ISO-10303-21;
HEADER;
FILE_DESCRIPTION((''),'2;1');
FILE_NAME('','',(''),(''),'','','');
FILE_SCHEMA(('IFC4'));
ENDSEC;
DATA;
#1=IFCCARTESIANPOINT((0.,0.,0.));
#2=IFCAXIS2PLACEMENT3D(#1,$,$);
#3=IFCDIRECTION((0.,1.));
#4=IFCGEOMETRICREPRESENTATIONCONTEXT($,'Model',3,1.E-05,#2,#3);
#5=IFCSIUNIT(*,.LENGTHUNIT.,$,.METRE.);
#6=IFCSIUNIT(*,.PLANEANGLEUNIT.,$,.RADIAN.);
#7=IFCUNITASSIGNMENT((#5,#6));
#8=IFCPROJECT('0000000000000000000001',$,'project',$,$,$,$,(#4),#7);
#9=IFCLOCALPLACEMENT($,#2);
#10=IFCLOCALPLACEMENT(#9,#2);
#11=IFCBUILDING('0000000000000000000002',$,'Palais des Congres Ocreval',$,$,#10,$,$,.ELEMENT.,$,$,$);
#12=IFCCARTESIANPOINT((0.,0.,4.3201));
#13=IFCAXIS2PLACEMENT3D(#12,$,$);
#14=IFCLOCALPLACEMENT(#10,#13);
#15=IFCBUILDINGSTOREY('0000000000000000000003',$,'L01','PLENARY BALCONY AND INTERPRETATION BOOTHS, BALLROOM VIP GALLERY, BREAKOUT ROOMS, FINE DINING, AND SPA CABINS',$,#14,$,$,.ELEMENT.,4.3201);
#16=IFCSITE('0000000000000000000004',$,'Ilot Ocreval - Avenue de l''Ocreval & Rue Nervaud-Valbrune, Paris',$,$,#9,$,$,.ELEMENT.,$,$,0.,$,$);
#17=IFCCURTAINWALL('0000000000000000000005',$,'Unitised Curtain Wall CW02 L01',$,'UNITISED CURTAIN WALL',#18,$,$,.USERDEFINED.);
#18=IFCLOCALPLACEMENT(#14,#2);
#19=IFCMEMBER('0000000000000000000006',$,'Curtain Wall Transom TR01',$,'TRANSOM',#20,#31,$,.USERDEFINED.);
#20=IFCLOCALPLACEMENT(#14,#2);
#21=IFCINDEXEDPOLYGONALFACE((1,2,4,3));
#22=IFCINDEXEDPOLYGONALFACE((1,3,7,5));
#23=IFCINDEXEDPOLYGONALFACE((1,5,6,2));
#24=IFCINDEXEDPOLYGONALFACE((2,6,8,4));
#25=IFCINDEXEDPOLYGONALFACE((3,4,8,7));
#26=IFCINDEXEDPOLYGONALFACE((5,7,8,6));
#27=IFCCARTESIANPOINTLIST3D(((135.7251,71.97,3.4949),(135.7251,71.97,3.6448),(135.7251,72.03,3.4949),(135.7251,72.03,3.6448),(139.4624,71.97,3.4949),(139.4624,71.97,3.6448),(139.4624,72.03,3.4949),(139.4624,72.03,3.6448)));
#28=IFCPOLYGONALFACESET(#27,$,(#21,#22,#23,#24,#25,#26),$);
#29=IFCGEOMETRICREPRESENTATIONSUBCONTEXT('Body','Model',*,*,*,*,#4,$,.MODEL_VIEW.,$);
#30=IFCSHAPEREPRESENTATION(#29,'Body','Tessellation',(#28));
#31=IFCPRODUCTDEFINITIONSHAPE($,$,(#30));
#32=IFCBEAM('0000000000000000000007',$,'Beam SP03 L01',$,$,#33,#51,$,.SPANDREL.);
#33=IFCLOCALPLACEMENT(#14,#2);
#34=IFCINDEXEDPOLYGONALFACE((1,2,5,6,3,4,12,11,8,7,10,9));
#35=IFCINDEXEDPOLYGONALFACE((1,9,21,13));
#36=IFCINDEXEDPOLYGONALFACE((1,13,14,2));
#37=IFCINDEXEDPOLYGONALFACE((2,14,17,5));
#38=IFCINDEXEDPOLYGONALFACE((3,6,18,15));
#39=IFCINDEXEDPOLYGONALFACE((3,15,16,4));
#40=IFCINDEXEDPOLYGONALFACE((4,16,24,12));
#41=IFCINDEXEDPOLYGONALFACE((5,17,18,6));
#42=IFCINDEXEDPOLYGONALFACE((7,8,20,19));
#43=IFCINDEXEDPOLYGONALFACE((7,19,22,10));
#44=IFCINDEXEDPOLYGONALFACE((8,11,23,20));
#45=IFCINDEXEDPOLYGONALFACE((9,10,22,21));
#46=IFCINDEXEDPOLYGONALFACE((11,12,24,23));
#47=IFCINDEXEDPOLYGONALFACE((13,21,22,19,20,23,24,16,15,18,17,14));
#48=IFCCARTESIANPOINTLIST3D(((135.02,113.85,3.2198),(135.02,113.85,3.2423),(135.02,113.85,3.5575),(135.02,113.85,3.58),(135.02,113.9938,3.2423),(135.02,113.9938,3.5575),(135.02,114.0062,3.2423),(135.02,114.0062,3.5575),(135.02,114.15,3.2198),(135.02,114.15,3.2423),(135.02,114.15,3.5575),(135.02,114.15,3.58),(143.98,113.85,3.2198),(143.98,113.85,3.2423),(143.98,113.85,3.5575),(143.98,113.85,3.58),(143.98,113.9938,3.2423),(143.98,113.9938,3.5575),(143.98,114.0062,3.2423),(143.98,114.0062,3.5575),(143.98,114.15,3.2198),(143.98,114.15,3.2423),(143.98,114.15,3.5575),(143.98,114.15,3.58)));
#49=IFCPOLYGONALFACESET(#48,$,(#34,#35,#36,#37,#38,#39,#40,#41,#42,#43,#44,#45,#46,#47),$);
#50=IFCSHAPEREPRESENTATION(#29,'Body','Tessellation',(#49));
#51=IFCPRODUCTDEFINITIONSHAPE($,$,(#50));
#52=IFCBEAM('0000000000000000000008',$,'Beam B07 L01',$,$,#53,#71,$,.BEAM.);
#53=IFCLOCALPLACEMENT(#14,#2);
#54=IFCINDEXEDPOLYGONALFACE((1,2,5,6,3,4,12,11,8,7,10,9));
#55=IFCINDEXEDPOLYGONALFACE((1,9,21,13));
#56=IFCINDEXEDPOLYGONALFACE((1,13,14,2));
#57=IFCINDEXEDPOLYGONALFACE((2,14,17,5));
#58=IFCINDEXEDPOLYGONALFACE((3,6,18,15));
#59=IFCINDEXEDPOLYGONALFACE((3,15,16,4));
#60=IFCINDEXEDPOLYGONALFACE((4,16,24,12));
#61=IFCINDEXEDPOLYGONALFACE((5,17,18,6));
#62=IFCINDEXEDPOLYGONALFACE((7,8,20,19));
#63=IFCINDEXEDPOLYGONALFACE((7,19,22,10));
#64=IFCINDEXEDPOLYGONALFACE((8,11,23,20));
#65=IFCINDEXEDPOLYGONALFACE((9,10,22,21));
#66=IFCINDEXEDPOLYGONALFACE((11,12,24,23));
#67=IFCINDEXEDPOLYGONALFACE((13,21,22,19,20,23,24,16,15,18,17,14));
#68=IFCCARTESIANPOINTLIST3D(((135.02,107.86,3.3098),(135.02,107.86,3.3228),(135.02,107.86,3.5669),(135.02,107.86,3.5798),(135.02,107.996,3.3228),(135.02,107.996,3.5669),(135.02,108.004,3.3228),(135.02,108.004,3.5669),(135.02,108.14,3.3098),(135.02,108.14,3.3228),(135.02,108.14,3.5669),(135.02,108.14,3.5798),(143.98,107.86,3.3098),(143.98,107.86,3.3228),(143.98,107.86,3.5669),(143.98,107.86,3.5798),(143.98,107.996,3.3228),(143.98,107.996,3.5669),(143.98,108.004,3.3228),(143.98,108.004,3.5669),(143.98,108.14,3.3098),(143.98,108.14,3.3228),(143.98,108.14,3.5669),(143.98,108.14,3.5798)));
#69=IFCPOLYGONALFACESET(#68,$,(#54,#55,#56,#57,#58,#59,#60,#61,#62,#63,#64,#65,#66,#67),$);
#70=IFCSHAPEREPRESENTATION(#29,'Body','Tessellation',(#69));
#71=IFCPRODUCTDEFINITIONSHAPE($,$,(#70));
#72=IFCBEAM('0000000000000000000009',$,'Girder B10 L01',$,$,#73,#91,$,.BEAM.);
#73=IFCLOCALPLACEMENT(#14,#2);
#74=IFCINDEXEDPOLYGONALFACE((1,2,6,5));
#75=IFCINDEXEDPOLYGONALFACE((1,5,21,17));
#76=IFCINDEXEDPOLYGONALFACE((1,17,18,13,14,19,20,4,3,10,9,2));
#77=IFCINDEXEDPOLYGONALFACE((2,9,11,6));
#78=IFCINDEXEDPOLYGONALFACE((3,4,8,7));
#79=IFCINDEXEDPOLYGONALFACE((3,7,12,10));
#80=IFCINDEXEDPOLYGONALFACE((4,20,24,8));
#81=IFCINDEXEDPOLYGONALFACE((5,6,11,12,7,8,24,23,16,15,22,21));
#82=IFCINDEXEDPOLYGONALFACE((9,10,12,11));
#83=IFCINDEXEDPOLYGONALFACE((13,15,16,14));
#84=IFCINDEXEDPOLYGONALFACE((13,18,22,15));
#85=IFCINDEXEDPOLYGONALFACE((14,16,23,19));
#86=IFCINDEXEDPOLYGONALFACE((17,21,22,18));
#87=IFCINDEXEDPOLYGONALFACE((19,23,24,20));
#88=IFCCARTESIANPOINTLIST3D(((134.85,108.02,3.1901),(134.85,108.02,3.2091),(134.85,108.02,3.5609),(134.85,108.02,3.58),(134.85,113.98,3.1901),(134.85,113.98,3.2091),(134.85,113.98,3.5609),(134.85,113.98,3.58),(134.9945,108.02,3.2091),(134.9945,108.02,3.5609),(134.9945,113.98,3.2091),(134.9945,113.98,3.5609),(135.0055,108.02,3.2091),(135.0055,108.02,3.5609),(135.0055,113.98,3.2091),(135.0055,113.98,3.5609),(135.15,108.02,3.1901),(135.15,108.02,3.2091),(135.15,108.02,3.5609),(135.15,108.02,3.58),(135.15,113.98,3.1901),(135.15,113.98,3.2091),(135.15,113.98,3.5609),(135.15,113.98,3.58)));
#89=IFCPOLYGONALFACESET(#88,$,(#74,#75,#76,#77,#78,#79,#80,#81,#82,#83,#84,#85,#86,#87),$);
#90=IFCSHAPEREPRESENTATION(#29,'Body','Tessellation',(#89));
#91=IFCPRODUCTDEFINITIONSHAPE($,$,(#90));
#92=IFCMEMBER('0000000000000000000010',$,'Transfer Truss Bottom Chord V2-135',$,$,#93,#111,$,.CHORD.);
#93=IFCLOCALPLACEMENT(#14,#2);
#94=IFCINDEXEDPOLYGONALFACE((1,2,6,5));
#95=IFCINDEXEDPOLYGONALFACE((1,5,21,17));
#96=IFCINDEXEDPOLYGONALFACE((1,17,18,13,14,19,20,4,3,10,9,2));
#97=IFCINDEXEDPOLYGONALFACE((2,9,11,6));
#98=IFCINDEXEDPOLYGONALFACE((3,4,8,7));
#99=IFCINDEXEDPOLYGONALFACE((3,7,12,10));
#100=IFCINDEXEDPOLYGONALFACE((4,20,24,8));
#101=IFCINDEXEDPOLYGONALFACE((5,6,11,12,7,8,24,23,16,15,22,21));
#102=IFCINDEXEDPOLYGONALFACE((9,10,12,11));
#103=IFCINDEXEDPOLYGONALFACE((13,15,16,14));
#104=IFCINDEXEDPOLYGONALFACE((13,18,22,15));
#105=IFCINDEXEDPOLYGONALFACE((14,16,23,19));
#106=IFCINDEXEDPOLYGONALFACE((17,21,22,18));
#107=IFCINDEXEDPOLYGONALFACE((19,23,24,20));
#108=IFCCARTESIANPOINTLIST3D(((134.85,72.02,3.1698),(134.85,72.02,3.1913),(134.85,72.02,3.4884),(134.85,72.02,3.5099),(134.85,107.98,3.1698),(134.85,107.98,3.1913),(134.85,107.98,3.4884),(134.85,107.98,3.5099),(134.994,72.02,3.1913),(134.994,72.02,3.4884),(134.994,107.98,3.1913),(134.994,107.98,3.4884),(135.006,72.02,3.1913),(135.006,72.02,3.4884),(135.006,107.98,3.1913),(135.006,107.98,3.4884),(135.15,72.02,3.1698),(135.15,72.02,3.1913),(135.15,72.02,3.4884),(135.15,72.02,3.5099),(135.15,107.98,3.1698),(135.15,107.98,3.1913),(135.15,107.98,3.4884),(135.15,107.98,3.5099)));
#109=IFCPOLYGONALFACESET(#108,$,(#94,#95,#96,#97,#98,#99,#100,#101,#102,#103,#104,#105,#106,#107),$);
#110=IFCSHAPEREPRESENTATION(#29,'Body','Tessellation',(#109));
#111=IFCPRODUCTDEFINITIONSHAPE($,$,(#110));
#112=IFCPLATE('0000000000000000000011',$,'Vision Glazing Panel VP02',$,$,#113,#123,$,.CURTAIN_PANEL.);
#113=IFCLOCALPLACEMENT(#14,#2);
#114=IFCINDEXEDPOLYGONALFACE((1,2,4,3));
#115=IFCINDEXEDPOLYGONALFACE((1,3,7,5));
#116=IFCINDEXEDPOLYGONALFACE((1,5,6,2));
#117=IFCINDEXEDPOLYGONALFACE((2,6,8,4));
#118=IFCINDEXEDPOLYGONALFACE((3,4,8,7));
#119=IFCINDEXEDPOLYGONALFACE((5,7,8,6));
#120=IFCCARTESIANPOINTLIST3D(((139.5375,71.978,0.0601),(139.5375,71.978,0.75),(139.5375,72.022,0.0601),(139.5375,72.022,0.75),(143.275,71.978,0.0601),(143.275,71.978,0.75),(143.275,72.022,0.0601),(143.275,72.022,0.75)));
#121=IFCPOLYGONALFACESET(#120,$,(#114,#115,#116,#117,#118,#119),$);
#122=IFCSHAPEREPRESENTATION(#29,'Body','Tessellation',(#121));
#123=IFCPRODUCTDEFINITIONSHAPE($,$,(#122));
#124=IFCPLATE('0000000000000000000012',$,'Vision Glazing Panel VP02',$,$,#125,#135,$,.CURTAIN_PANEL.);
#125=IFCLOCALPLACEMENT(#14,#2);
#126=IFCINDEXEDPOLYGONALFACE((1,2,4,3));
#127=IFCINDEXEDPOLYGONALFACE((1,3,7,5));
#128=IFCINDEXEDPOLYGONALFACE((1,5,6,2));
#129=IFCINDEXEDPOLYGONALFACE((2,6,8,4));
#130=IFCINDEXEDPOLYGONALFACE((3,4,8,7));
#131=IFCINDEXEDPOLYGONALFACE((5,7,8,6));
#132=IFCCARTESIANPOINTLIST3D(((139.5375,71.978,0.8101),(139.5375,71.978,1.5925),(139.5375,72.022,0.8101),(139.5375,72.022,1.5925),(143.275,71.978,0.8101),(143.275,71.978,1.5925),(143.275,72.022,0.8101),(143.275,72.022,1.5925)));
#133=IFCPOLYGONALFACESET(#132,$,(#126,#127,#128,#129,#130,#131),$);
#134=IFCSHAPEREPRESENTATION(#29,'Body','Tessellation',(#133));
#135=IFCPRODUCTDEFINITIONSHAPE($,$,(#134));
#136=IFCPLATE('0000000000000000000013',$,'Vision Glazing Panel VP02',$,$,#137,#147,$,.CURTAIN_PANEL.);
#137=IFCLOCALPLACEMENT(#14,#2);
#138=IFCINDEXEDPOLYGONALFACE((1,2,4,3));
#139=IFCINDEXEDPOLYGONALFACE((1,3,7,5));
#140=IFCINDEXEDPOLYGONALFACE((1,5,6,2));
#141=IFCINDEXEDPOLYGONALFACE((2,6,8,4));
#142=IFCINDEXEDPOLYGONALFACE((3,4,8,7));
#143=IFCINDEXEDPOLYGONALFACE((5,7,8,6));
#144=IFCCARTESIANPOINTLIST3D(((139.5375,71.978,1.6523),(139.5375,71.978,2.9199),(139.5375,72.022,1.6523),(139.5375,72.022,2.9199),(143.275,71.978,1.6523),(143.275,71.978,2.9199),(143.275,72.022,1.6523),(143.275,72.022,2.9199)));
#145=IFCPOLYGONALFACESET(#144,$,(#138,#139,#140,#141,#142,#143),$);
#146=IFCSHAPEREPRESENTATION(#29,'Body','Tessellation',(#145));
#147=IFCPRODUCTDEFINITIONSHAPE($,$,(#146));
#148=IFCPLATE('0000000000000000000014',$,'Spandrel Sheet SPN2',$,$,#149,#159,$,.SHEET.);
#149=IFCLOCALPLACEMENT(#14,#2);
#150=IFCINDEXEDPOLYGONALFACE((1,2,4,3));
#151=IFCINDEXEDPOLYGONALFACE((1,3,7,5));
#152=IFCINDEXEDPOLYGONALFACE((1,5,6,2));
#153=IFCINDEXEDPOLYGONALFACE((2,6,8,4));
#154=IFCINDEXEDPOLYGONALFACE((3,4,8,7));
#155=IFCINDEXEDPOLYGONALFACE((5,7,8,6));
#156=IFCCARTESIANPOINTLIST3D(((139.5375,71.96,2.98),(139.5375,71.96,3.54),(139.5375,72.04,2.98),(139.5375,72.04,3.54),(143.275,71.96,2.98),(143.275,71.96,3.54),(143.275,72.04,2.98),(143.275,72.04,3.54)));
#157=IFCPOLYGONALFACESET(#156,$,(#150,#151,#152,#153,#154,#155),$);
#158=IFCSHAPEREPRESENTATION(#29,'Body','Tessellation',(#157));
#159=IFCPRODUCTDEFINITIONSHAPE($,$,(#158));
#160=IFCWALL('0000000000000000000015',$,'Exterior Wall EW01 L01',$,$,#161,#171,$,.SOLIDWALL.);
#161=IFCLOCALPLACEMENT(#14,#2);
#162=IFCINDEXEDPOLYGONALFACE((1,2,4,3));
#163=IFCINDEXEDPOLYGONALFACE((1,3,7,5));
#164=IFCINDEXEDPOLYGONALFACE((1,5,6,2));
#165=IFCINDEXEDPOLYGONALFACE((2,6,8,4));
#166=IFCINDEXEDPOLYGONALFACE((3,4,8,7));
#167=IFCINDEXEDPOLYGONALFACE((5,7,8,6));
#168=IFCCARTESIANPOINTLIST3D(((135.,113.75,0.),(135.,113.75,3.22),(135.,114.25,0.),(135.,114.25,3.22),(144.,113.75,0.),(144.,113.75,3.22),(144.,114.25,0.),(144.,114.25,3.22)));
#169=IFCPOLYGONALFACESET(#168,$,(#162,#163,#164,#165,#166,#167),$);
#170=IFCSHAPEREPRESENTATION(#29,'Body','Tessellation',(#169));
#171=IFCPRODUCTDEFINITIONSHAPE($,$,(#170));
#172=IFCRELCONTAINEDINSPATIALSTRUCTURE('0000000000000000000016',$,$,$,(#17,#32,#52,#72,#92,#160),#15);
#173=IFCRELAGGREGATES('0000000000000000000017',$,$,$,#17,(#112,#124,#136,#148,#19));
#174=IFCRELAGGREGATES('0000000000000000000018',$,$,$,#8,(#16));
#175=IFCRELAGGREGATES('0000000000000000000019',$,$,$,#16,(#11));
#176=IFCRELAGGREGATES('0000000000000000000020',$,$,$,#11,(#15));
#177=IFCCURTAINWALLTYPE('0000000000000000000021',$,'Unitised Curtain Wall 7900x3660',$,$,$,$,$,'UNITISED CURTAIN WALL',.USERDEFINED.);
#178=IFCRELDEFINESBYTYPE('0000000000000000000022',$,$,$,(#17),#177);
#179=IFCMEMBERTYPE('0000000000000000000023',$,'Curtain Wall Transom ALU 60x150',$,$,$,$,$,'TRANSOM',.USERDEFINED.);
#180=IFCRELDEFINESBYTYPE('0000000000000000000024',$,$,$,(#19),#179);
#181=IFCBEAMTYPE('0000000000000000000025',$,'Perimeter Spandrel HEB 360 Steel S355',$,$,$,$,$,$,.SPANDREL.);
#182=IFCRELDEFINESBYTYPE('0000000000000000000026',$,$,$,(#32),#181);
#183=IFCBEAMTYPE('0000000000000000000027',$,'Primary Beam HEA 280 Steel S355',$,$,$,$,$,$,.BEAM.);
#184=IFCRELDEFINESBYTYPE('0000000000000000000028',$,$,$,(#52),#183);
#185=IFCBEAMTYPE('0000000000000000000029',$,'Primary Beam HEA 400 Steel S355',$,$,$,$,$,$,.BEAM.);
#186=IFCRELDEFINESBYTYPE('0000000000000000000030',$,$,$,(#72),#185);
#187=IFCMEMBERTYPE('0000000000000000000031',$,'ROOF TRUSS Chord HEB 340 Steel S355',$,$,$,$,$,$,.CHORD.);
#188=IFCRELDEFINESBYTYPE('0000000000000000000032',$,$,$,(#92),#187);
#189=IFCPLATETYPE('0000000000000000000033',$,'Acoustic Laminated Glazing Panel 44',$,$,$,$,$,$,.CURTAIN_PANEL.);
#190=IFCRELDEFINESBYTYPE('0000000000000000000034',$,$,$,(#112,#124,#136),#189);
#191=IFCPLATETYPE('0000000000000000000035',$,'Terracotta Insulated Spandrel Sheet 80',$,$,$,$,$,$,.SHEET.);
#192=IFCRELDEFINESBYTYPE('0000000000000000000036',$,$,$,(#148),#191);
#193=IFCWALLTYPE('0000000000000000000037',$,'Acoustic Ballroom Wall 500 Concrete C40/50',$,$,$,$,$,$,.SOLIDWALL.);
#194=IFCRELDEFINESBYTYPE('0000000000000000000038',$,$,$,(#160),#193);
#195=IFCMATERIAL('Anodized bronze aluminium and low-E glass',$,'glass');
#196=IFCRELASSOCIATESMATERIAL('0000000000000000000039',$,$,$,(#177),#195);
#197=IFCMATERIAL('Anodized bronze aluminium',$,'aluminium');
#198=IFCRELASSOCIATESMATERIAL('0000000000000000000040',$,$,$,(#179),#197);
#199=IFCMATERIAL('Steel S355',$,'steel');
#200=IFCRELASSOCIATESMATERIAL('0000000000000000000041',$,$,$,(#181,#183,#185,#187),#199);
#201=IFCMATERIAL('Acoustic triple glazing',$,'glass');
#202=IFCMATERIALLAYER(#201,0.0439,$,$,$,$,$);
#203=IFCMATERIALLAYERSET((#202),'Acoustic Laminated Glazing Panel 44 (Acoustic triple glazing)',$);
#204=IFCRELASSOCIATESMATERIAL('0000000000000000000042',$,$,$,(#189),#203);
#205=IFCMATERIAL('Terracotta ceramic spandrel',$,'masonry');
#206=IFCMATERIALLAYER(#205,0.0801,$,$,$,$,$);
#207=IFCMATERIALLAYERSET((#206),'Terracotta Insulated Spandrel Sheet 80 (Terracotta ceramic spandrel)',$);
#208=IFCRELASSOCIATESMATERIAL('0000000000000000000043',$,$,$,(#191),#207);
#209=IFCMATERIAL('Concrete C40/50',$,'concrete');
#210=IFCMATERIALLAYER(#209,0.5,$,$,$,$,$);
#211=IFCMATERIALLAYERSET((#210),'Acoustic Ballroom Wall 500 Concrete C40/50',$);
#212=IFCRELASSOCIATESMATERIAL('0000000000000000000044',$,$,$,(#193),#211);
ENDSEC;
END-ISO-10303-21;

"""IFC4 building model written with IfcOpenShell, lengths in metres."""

from ifc_helpers import new_model, si_unit, direction, frame, frame_2d, origin, origin_2d, place, context, subcontext, project, spatial, rectangle, i_section, extrude, material, layer, layer_set, material_profile, profile_set, type_object, element, aggregate, save


model = new_model("IFC4")

# Units and contexts
model_context = context("Model", 3, precision=1e-05, world=origin(), true_north=direction((0.0, 1.0)))
body_context = subcontext(model_context, "Body", "Model", "MODEL_VIEW")
ifc_project = project(units=[si_unit("LENGTHUNIT", "METRE"), si_unit("PLANEANGLEUNIT", "RADIAN")], contexts=[model_context])

# Site, building, storey
site_placement = place(None, origin())
site = spatial("IfcSite", under=ifc_project, at=site_placement, Name="Ilot Ocreval - Avenue de l'Ocreval & Rue Nervaud-Valbrune, Paris", CompositionType="ELEMENT", RefElevation=0.0)
building_placement = place(site_placement, origin())
building = spatial("IfcBuilding", under=site, at=building_placement, Name="Palais des Congres Ocreval", CompositionType="ELEMENT")
storey_placement = place(building_placement, frame((0.0, 0.0, 4.3201)))
storey = spatial("IfcBuildingStorey", under=building, at=storey_placement, Name="L01", Description="PLENARY BALCONY AND INTERPRETATION BOOTHS, BALLROOM VIP GALLERY, BREAKOUT ROOMS, FINE DINING, AND SPA CABINS", CompositionType="ELEMENT", Elevation=4.3201)

# Shared definitions
ifc_material_1 = material(Name="Steel S355", Category="steel")

# Curtain wall, member
ifc_material_2 = material(Name="Anodized bronze aluminium and low-E glass", Category="glass")
curtain_wall_type = type_object("IfcCurtainWallType", Name="Unitised Curtain Wall 7900x3660", ElementType="UNITISED CURTAIN WALL", PredefinedType="USERDEFINED", material=ifc_material_2)
curtain_wall_placement = place(storey_placement, origin())
curtain_wall = element("IfcCurtainWall", 1, at=curtain_wall_placement, inside=storey, type_object=curtain_wall_type, Name="Unitised Curtain Wall CW02 L01", ObjectType="UNITISED CURTAIN WALL", PredefinedType="USERDEFINED")
ifc_material_3 = material(Name="Anodized bronze aluminium", Category="aluminium")
ifc_material_profile_1 = material_profile(ifc_material_3, rectangle(XDim=0.0601, YDim=0.1499, at=origin_2d()), Name="ALU 60x150")
ifc_profile_set_1 = profile_set([ifc_material_profile_1], Name="Anodized bronze aluminium")
member_type_1 = type_object("IfcMemberType", Name="Curtain Wall Transom ALU 60x150", ElementType="TRANSOM", PredefinedType="USERDEFINED", material=ifc_profile_set_1)
member_1_placement = place(storey_placement, frame((139.4624, 72.0, 3.5698), z_axis=(-1.0, 0.0, 0.0), x_axis=(0.0, -1.0, 0.0)))
member_1 = element("IfcMember", 2, at=member_1_placement, type_object=member_type_1, Name="Curtain Wall Transom TR01", ObjectType="TRANSOM", PredefinedType="USERDEFINED", context=body_context, shape_type="SweptSolid", body=[
    extrude(rectangle(XDim=0.0601, YDim=0.1499, at=origin_2d()), origin(), (0.0, 0.0, 1.0), 3.7373),
])

# Beams
ifc_material_profile_2 = material_profile(ifc_material_1, i_section(OverallWidth=0.3, OverallDepth=0.3601, WebThickness=0.0125, FlangeThickness=0.0225, at=origin_2d()), Name="HEB 360")
ifc_profile_set_2 = profile_set([ifc_material_profile_2], Name="Steel S355")
beam_type_1 = type_object("IfcBeamType", Name="Perimeter Spandrel HEB 360 Steel S355", PredefinedType="SPANDREL", material=ifc_profile_set_2)
beam_1_placement = place(storey_placement, frame((135.02, 114.0, 3.3999), z_axis=(1.0, 0.0, 0.0), x_axis=(0.0, 1.0, 0.0)))
element("IfcBeam", 3, at=beam_1_placement, inside=storey, type_object=beam_type_1, Name="Beam SP03 L01", PredefinedType="SPANDREL", context=body_context, shape_type="SweptSolid", body=[
    extrude(i_section(OverallWidth=0.3, OverallDepth=0.3601, WebThickness=0.0125, FlangeThickness=0.0225, at=origin_2d()), origin(), (0.0, 0.0, 1.0), 8.96),
])
ifc_material_profile_3 = material_profile(ifc_material_1, i_section(OverallWidth=0.28, OverallDepth=0.27, WebThickness=0.0081, FlangeThickness=0.0129, at=origin_2d()), Name="HEA 280")
ifc_profile_set_3 = profile_set([ifc_material_profile_3], Name="Steel S355")
beam_type_2 = type_object("IfcBeamType", Name="Primary Beam HEA 280 Steel S355", PredefinedType="BEAM", material=ifc_profile_set_3)
beam_2_placement = place(storey_placement, frame((135.02, 108.0, 3.4448), z_axis=(1.0, 0.0, 0.0), x_axis=(0.0, 1.0, 0.0)))
element("IfcBeam", 4, at=beam_2_placement, inside=storey, type_object=beam_type_2, Name="Beam B07 L01", PredefinedType="BEAM", context=body_context, shape_type="SweptSolid", body=[
    extrude(i_section(OverallWidth=0.28, OverallDepth=0.27, WebThickness=0.0081, FlangeThickness=0.0129, at=origin_2d()), origin(), (0.0, 0.0, 1.0), 8.96),
])
ifc_material_profile_4 = material_profile(ifc_material_1, i_section(OverallWidth=0.3, OverallDepth=0.3899, WebThickness=0.011, FlangeThickness=0.019, at=origin_2d()), Name="HEA 400")
ifc_profile_set_4 = profile_set([ifc_material_profile_4], Name="Steel S355")
beam_type_3 = type_object("IfcBeamType", Name="Primary Beam HEA 400 Steel S355", PredefinedType="BEAM", material=ifc_profile_set_4)
beam_3_placement = place(storey_placement, frame((135.0, 108.02, 3.385), z_axis=(0.0, 1.0, 0.0), x_axis=(-1.0, 0.0, 0.0)))
element("IfcBeam", 5, at=beam_3_placement, inside=storey, type_object=beam_type_3, Name="Girder B10 L01", PredefinedType="BEAM", context=body_context, shape_type="SweptSolid", body=[
    extrude(i_section(OverallWidth=0.3, OverallDepth=0.3899, WebThickness=0.011, FlangeThickness=0.019, at=origin_2d()), origin(), (0.0, 0.0, 1.0), 5.96),
])

# Member
ifc_material_profile_5 = material_profile(ifc_material_1, i_section(OverallWidth=0.3, OverallDepth=0.3401, WebThickness=0.012, FlangeThickness=0.0215, at=origin_2d()), Name="HEB 340")
ifc_profile_set_5 = profile_set([ifc_material_profile_5], Name="Steel S355")
member_type_2 = type_object("IfcMemberType", Name="ROOF TRUSS Chord HEB 340 Steel S355", PredefinedType="CHORD", material=ifc_profile_set_5)
member_2_placement = place(storey_placement, frame((135.0, 72.02, 3.3398), z_axis=(0.0, 1.0, 0.0), x_axis=(-1.0, 0.0, 0.0)))
element("IfcMember", 6, at=member_2_placement, inside=storey, type_object=member_type_2, Name="Transfer Truss Bottom Chord V2-135", PredefinedType="CHORD", context=body_context, shape_type="SweptSolid", body=[
    extrude(i_section(OverallWidth=0.3, OverallDepth=0.3401, WebThickness=0.012, FlangeThickness=0.0215, at=origin_2d()), origin(), (0.0, 0.0, 1.0), 35.96),
])

# Plates
ifc_material_4 = material(Name="Acoustic triple glazing", Category="glass")
ifc_layer_1 = layer(ifc_material_4, 0.0439)
ifc_layer_set_1 = layer_set([ifc_layer_1], Name="Acoustic Laminated Glazing Panel 44 (Acoustic triple glazing)")
plate_type_1 = type_object("IfcPlateType", Name="Acoustic Laminated Glazing Panel 44", PredefinedType="CURTAIN_PANEL", material=ifc_layer_set_1)
plate_1_placement = place(storey_placement, frame((141.4062, 72.0, 0.0601), z_axis=(0.0, 0.0, 1.0), x_axis=(-1.0, 0.0, 0.0)))
plate_1 = element("IfcPlate", 7, at=plate_1_placement, type_object=plate_type_1, Name="Vision Glazing Panel VP02", PredefinedType="CURTAIN_PANEL", context=body_context, shape_type="SweptSolid", body=[
    extrude(rectangle(XDim=3.7375, YDim=0.0439, at=origin_2d()), origin(), (0.0, 0.0, 1.0), 0.6899),
])
plate_2_placement = place(storey_placement, frame((141.4062, 72.0, 0.8101), z_axis=(0.0, 0.0, 1.0), x_axis=(-1.0, 0.0, 0.0)))
plate_2 = element("IfcPlate", 8, at=plate_2_placement, type_object=plate_type_1, Name="Vision Glazing Panel VP02", PredefinedType="CURTAIN_PANEL", context=body_context, shape_type="SweptSolid", body=[
    extrude(rectangle(XDim=3.7375, YDim=0.0439, at=origin_2d()), origin(), (0.0, 0.0, 1.0), 0.7825),
])
plate_3_placement = place(storey_placement, frame((141.4062, 72.0, 1.6523), z_axis=(0.0, 0.0, 1.0), x_axis=(-1.0, 0.0, 0.0)))
plate_3 = element("IfcPlate", 9, at=plate_3_placement, type_object=plate_type_1, Name="Vision Glazing Panel VP02", PredefinedType="CURTAIN_PANEL", context=body_context, shape_type="SweptSolid", body=[
    extrude(rectangle(XDim=3.7375, YDim=0.0439, at=origin_2d()), origin(), (0.0, 0.0, 1.0), 1.2676),
])
ifc_material_5 = material(Name="Terracotta ceramic spandrel", Category="masonry")
ifc_layer_2 = layer(ifc_material_5, 0.0801)
ifc_layer_set_2 = layer_set([ifc_layer_2], Name="Terracotta Insulated Spandrel Sheet 80 (Terracotta ceramic spandrel)")
plate_type_2 = type_object("IfcPlateType", Name="Terracotta Insulated Spandrel Sheet 80", PredefinedType="SHEET", material=ifc_layer_set_2)
plate_4_placement = place(storey_placement, frame((141.4062, 72.0, 2.98), z_axis=(0.0, 0.0, 1.0), x_axis=(-1.0, 0.0, 0.0)))
plate_4 = element("IfcPlate", 10, at=plate_4_placement, type_object=plate_type_2, Name="Spandrel Sheet SPN2", PredefinedType="SHEET", context=body_context, shape_type="SweptSolid", body=[
    extrude(rectangle(XDim=3.7375, YDim=0.0801, at=origin_2d()), origin(), (0.0, 0.0, 1.0), 0.5601),
])
aggregate(curtain_wall, [plate_1, plate_2, plate_3, plate_4, member_1])

# Wall
ifc_material_6 = material(Name="Concrete C40/50", Category="concrete")
ifc_layer_3 = layer(ifc_material_6, 0.5)
ifc_layer_set_3 = layer_set([ifc_layer_3], Name="Acoustic Ballroom Wall 500 Concrete C40/50")
wall_type_1 = type_object("IfcWallType", Name="Acoustic Ballroom Wall 500 Concrete C40/50", PredefinedType="SOLIDWALL", material=ifc_layer_set_3)
wall_1_placement = place(storey_placement, frame((135.0, 114.0, 0.0), z_axis=(0.0, 0.0, 1.0), x_axis=(1.0, 0.0, 0.0)))
element("IfcWall", 11, at=wall_1_placement, inside=storey, type_object=wall_type_1, Name="Exterior Wall EW01 L01", PredefinedType="SOLIDWALL", context=body_context, shape_type="SweptSolid", body=[
    extrude(rectangle(XDim=9.0, YDim=0.5, at=frame_2d((4.5, 0.0))), origin(), (0.0, 0.0, 1.0), 3.22),
])

save(model, "model.ifc")
